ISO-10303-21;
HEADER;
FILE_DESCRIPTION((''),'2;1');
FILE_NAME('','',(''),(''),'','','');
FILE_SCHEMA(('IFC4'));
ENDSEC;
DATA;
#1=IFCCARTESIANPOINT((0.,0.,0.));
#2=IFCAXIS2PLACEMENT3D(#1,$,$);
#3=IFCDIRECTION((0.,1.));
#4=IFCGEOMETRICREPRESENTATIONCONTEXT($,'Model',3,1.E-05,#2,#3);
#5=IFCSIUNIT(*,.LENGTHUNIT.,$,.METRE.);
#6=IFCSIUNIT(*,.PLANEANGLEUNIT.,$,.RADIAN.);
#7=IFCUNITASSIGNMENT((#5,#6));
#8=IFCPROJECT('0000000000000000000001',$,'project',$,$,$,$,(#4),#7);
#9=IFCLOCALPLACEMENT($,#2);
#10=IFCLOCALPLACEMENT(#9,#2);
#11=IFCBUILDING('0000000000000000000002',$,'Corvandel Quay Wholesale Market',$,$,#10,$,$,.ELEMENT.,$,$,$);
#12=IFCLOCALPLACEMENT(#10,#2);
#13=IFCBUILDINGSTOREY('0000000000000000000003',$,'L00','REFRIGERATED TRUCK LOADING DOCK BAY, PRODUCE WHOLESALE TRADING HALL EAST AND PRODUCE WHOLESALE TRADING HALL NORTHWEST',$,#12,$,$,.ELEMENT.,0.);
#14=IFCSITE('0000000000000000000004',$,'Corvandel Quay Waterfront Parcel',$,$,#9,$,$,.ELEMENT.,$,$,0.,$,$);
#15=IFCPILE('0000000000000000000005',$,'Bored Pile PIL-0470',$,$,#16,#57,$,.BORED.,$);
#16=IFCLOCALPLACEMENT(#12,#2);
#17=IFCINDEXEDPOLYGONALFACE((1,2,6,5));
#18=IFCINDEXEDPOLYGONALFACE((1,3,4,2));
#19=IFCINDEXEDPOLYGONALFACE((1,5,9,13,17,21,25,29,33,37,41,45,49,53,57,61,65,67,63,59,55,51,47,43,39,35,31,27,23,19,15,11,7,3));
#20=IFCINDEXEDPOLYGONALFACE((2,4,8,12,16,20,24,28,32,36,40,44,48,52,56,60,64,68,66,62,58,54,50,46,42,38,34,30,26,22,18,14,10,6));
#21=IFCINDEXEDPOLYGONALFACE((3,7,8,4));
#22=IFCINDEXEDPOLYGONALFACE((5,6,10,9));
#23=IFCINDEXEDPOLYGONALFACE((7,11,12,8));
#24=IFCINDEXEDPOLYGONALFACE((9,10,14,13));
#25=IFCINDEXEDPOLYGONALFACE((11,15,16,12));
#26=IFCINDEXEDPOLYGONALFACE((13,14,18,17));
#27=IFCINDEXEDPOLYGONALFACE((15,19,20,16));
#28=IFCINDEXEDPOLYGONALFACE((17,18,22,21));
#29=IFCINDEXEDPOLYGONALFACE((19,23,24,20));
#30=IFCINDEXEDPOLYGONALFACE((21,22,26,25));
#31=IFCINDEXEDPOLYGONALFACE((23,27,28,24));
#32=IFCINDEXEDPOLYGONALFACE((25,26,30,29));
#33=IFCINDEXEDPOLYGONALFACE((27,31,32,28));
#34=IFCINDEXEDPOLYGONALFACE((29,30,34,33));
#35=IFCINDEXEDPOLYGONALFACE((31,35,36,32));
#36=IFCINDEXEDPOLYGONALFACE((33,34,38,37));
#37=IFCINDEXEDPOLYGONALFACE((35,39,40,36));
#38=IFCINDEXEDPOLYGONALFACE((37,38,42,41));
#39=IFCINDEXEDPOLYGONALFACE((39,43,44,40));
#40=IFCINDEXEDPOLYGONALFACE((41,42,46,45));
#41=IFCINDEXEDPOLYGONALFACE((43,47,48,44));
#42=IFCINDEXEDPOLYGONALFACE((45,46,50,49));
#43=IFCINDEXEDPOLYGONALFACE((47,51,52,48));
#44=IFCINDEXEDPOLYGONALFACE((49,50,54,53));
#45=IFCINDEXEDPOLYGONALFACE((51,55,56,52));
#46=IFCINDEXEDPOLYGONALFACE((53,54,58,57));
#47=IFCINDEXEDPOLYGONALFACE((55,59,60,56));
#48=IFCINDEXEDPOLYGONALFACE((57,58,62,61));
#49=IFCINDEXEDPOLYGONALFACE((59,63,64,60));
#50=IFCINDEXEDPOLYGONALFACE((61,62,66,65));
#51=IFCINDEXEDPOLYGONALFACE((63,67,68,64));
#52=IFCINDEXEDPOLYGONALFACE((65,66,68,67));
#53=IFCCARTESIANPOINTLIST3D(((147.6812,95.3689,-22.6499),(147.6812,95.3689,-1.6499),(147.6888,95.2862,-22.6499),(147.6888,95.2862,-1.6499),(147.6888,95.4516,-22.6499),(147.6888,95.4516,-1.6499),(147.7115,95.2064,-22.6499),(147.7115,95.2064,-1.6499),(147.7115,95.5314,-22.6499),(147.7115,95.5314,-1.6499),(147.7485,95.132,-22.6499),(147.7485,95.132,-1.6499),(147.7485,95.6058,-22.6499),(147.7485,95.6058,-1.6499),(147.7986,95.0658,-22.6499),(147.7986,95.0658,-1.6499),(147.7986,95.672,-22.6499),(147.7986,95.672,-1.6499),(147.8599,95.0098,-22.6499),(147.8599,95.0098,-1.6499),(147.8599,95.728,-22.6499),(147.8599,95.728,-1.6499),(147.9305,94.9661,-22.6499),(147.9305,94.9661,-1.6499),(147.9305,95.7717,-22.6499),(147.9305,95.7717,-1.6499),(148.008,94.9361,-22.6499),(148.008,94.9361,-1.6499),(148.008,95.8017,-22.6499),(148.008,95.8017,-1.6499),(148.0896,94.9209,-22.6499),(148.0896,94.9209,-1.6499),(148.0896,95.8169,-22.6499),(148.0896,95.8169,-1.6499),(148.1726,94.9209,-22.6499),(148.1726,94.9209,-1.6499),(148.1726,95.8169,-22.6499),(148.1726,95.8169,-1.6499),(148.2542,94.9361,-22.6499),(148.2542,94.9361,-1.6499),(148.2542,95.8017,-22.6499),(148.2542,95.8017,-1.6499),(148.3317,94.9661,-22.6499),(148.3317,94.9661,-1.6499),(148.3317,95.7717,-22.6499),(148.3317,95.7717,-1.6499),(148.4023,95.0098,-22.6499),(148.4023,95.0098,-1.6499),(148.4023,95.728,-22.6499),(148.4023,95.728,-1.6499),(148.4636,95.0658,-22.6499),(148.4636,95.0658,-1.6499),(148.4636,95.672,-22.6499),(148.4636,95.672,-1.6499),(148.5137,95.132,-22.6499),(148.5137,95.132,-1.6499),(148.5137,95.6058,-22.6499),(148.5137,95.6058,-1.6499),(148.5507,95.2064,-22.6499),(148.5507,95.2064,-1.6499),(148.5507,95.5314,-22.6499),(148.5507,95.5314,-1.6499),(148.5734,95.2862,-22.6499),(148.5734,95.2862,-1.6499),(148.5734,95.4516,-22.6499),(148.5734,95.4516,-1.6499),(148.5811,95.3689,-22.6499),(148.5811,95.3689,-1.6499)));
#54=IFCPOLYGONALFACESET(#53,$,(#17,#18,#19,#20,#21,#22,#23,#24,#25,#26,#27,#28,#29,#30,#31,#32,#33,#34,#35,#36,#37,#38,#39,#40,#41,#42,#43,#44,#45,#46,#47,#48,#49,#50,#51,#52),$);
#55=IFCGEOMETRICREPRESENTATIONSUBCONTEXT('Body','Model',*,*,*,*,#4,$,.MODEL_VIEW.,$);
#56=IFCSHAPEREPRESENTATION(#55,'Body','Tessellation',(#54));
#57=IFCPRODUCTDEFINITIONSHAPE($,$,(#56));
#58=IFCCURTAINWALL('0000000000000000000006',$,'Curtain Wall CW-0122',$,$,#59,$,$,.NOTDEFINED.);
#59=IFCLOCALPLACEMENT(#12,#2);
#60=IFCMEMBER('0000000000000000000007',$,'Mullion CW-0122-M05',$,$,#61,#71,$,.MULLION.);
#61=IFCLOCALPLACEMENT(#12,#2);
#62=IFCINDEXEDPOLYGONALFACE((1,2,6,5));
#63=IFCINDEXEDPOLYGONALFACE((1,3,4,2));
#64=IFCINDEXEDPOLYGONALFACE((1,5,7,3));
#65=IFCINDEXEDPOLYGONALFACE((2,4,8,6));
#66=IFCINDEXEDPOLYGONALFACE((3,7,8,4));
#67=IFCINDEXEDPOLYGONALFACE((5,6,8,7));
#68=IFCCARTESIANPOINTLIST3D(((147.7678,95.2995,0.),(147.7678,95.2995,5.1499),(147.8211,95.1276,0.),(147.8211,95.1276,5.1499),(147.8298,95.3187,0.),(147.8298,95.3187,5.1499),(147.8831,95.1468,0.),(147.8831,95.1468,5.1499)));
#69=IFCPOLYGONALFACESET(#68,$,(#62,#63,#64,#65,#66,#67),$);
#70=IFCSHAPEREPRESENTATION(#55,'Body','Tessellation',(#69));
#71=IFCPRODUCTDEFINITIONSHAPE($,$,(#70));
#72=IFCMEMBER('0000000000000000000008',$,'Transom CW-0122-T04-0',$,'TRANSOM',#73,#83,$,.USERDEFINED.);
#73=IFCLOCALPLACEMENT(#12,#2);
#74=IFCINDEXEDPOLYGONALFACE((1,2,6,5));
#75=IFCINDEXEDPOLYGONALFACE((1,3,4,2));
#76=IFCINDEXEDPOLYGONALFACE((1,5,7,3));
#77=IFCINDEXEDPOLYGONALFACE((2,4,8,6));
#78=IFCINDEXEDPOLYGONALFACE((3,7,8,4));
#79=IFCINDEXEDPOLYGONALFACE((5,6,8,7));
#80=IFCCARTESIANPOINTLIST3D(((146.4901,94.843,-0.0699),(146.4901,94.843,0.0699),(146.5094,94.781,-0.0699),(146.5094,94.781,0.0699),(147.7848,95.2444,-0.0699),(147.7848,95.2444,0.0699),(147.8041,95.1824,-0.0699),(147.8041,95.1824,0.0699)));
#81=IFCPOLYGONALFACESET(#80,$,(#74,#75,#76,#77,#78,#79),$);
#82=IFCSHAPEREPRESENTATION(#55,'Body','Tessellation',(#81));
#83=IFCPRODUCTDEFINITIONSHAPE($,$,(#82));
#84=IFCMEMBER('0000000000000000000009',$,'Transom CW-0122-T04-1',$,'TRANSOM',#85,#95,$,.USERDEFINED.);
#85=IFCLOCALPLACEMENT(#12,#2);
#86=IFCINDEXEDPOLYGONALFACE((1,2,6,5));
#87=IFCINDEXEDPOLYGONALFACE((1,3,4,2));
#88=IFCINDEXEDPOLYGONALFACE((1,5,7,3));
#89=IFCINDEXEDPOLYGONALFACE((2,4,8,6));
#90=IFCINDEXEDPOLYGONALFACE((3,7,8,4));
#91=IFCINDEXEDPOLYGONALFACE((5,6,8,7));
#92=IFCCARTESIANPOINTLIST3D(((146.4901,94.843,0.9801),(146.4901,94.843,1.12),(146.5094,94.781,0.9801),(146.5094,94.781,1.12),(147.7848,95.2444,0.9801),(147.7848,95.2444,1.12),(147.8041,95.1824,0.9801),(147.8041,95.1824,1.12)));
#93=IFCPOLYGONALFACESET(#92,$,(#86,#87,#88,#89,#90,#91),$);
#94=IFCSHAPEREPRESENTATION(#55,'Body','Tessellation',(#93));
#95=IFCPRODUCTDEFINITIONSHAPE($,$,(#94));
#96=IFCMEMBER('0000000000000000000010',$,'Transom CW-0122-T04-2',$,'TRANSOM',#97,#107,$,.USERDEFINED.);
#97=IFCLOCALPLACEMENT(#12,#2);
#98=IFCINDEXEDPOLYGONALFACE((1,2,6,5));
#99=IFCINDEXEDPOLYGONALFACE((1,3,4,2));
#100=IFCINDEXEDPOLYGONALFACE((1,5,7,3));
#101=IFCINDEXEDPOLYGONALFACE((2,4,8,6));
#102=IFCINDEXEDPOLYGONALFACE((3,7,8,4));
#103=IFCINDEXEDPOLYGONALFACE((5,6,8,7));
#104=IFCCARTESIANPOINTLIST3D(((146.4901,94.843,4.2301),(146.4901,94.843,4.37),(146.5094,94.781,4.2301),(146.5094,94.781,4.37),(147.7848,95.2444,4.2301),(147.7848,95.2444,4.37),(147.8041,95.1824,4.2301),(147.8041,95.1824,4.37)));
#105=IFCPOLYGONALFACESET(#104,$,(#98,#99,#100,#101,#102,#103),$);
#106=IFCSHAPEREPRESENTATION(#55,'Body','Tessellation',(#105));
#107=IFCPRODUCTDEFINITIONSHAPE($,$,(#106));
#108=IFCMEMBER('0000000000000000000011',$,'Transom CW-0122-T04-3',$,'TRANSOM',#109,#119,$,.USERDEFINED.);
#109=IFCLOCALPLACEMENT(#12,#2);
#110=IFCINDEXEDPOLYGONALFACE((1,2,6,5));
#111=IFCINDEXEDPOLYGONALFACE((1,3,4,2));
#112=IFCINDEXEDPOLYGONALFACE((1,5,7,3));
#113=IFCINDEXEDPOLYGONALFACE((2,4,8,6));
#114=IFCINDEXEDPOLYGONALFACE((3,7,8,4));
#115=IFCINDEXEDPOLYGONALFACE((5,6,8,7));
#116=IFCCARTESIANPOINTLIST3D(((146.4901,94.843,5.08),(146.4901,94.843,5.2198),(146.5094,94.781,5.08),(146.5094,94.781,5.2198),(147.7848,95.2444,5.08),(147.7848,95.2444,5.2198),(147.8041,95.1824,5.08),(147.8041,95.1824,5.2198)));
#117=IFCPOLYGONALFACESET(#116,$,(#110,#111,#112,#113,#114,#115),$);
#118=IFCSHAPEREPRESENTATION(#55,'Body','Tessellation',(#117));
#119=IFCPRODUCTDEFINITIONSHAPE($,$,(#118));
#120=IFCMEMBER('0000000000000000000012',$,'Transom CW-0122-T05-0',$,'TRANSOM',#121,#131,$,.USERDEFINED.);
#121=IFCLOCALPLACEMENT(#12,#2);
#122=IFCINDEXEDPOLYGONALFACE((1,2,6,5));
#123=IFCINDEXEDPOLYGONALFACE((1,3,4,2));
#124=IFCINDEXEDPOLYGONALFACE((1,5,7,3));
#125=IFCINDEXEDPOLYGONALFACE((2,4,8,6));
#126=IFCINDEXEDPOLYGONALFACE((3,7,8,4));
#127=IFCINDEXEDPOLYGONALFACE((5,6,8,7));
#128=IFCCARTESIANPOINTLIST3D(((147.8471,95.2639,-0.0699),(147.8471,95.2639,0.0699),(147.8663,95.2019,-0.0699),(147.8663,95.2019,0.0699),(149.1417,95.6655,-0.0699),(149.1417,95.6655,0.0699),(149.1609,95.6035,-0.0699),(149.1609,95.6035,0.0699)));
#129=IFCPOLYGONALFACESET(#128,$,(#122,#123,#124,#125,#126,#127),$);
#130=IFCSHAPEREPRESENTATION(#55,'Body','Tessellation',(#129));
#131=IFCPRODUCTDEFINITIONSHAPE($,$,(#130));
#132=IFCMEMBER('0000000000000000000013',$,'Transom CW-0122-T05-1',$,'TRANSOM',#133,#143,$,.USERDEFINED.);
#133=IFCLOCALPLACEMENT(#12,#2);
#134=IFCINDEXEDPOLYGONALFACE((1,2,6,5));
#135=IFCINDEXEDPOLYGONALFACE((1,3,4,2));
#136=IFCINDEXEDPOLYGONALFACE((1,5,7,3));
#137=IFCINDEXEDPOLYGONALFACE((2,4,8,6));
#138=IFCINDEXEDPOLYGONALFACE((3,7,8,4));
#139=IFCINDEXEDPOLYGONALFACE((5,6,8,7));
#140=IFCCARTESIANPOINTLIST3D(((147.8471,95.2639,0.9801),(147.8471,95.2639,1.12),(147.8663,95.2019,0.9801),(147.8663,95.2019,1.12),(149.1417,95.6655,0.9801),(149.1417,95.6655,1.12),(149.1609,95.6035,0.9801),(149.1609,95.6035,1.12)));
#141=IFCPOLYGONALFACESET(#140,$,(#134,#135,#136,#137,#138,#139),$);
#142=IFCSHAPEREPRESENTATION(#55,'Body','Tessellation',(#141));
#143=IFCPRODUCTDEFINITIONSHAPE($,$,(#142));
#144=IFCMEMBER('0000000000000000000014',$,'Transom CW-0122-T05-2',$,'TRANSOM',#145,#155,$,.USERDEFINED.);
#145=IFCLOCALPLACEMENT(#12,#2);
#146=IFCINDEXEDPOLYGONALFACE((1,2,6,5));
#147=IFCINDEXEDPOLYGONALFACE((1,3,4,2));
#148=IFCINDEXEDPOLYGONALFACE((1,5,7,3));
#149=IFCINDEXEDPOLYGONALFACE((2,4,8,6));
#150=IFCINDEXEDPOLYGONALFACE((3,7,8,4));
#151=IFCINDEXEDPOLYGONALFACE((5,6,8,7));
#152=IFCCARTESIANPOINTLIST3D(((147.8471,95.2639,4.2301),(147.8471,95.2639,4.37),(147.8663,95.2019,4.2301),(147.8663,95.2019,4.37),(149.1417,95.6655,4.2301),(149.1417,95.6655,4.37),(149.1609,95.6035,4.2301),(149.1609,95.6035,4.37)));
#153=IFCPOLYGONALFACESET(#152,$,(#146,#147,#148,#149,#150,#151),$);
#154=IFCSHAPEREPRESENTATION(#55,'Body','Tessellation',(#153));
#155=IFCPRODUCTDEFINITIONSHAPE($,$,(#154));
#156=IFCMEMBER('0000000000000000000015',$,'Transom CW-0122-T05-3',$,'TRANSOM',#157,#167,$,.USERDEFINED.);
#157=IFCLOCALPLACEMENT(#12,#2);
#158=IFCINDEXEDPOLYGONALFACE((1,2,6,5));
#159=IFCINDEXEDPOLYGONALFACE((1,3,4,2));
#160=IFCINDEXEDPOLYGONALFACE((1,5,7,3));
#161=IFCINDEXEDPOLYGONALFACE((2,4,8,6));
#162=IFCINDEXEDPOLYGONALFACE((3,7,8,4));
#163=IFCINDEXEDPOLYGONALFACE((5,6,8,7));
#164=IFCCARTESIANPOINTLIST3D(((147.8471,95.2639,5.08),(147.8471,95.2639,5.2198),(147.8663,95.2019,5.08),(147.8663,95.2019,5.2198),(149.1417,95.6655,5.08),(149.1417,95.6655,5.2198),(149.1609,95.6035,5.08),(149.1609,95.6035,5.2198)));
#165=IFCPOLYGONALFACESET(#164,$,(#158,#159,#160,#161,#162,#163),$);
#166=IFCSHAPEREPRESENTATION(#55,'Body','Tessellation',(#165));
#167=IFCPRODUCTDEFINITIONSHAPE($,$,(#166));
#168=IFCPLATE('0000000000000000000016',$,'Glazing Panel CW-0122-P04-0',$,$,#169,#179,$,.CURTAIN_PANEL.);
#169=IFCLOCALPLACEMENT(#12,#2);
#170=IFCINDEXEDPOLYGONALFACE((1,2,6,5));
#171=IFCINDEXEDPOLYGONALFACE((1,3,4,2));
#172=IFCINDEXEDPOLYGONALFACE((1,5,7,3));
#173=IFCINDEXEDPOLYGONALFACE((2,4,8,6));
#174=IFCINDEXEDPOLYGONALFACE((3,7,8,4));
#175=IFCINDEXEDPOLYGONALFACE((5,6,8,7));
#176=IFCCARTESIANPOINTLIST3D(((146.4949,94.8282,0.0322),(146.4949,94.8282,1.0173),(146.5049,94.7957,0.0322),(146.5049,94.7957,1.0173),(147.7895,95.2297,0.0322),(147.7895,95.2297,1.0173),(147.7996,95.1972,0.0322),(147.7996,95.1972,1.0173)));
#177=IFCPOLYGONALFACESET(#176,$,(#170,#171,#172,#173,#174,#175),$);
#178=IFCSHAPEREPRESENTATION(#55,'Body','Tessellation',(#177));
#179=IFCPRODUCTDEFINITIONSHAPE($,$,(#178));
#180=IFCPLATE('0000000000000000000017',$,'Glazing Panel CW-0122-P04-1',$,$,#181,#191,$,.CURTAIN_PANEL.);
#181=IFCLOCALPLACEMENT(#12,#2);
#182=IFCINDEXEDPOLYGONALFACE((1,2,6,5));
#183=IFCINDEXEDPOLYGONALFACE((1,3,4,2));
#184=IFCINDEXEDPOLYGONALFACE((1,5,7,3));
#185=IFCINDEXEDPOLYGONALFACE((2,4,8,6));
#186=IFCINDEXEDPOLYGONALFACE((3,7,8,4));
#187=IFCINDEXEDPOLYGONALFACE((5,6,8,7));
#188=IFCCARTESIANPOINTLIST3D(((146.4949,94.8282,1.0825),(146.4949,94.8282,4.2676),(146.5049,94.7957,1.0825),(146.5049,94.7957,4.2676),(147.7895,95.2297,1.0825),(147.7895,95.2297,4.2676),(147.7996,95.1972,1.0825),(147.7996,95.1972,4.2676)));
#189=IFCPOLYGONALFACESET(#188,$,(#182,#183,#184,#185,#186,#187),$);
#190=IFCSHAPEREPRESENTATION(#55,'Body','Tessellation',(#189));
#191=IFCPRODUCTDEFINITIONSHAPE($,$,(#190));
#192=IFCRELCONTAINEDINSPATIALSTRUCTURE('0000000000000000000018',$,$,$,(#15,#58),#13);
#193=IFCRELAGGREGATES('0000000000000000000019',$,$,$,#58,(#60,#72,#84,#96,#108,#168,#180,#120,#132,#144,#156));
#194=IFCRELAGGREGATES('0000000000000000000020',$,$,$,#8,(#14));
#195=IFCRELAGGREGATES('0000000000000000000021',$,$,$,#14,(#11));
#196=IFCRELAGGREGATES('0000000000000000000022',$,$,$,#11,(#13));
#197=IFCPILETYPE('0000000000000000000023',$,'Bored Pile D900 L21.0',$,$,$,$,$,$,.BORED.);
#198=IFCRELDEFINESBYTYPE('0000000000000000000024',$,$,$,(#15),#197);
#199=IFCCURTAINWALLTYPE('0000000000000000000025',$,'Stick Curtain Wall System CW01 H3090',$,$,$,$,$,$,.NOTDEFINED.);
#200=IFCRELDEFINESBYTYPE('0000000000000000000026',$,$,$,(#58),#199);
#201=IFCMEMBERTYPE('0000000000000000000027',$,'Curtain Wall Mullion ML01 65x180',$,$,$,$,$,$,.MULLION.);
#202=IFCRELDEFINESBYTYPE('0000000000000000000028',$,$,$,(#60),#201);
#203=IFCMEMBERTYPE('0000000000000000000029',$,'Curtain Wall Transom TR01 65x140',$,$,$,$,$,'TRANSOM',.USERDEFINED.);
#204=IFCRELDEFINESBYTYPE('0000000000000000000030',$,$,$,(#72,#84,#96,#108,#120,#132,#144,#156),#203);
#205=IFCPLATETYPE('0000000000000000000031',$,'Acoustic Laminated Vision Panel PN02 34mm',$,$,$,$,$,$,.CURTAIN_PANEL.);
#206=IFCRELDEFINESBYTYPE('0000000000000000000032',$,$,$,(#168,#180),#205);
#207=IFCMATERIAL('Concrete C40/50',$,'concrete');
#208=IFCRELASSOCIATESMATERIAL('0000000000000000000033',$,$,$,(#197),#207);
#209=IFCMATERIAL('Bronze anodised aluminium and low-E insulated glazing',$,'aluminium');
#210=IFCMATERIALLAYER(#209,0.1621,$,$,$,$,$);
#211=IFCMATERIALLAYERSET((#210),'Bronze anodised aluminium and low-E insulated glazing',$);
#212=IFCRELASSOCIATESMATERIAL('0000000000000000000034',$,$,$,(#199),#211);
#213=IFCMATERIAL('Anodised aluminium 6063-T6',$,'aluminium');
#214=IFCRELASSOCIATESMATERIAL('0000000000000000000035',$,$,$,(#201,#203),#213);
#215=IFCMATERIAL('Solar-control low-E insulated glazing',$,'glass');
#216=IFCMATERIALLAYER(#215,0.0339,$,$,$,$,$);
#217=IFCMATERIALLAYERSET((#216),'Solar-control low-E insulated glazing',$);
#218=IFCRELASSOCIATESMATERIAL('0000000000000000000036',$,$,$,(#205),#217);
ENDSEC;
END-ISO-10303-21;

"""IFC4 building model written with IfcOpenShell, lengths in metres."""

from ifc_helpers import new_model, si_unit, direction, frame, origin, origin_2d, place, context, subcontext, project, spatial, rectangle, circle, extrude, material, layer, layer_set, material_profile, profile_set, type_object, element, aggregate, save


model = new_model("IFC4")

# Units and contexts
model_context = context("Model", 3, precision=1e-05, world=origin(), true_north=direction((0.0, 1.0)))
body_context = subcontext(model_context, "Body", "Model", "MODEL_VIEW")
ifc_project = project(units=[si_unit("LENGTHUNIT", "METRE"), si_unit("PLANEANGLEUNIT", "RADIAN")], contexts=[model_context])

# Site, building, storey
site_placement = place(None, origin())
site = spatial("IfcSite", under=ifc_project, at=site_placement, Name="Corvandel Quay Waterfront Parcel", CompositionType="ELEMENT", RefElevation=0.0)
building_placement = place(site_placement, origin())
building = spatial("IfcBuilding", under=site, at=building_placement, Name="Corvandel Quay Wholesale Market", CompositionType="ELEMENT")
storey_placement = place(building_placement, origin())
storey = spatial("IfcBuildingStorey", under=building, at=storey_placement, Name="L00", Description="REFRIGERATED TRUCK LOADING DOCK BAY, PRODUCE WHOLESALE TRADING HALL EAST AND PRODUCE WHOLESALE TRADING HALL NORTHWEST", CompositionType="ELEMENT", Elevation=0.0)

# Pile
ifc_material_1 = material(Name="Concrete C40/50", Category="concrete")
ifc_material_profile_1 = material_profile(ifc_material_1, circle(Radius=0.45, at=origin_2d()), Name="RC-PILE-D900")
ifc_profile_set_1 = profile_set([ifc_material_profile_1], Name="Concrete C40/50")
pile_type = type_object("IfcPileType", Name="Bored Pile D900 L21.0", PredefinedType="BORED", material=ifc_profile_set_1)
pile_placement = place(storey_placement, frame((148.1311, 95.3689, -1.6499), z_axis=(0.0, 0.0, -1.0), x_axis=(1.0, 0.0, 0.0)))
element("IfcPile", 1, at=pile_placement, inside=storey, type_object=pile_type, Name="Bored Pile PIL-0470", PredefinedType="BORED", context=body_context, shape_type="SweptSolid", body=[
    extrude(circle(Radius=0.45, at=origin_2d()), origin(), (0.0, 0.0, 1.0), 21.0),
])

# Curtain wall, members, plates
ifc_material_2 = material(Name="Bronze anodised aluminium and low-E insulated glazing", Category="aluminium")
ifc_layer_1 = layer(ifc_material_2, 0.1621)
ifc_layer_set_1 = layer_set([ifc_layer_1], Name="Bronze anodised aluminium and low-E insulated glazing")
curtain_wall_type = type_object("IfcCurtainWallType", Name="Stick Curtain Wall System CW01 H3090", PredefinedType="NOTDEFINED", material=ifc_layer_set_1)
curtain_wall_placement = place(storey_placement, origin())
curtain_wall = element("IfcCurtainWall", 2, at=curtain_wall_placement, inside=storey, type_object=curtain_wall_type, Name="Curtain Wall CW-0122", PredefinedType="NOTDEFINED")
ifc_material_3 = material(Name="Anodised aluminium 6063-T6", Category="aluminium")
ifc_material_profile_2 = material_profile(ifc_material_3, rectangle(XDim=0.0649, YDim=0.1799, at=origin_2d()), Name="ALU-MUL-65x180")
ifc_profile_set_2 = profile_set([ifc_material_profile_2], Name="Anodised aluminium 6063-T6")
member_type_1 = type_object("IfcMemberType", Name="Curtain Wall Mullion ML01 65x180", PredefinedType="MULLION", material=ifc_profile_set_2)
member_1_placement = place(storey_placement, frame((147.8254, 95.2231, 0.0), z_axis=(0.0, 0.0, 1.0), x_axis=(0.955123, 0.296208, 0.0)))
member_1 = element("IfcMember", 3, at=member_1_placement, type_object=member_type_1, Name="Mullion CW-0122-M05", PredefinedType="MULLION", context=body_context, shape_type="SweptSolid", body=[
    extrude(rectangle(XDim=0.0649, YDim=0.1799, at=origin_2d()), origin(), (0.0, 0.0, 1.0), 5.1499),
])
ifc_material_profile_3 = material_profile(ifc_material_3, rectangle(XDim=0.0649, YDim=0.1399, at=origin_2d()), Name="ALU-TRN-65x140")
ifc_profile_set_3 = profile_set([ifc_material_profile_3], Name="Anodised aluminium 6063-T6")
member_type_2 = type_object("IfcMemberType", Name="Curtain Wall Transom TR01 65x140", ElementType="TRANSOM", PredefinedType="USERDEFINED", material=ifc_profile_set_3)
member_2_placement = place(storey_placement, frame((146.4998, 94.812, 0.0), z_axis=(0.955154, 0.29611, 0.0), x_axis=(-0.29611, 0.955154, 0.0)))
member_2 = element("IfcMember", 4, at=member_2_placement, type_object=member_type_2, Name="Transom CW-0122-T04-0", ObjectType="TRANSOM", PredefinedType="USERDEFINED", context=body_context, shape_type="SweptSolid", body=[
    extrude(rectangle(XDim=0.0649, YDim=0.1399, at=origin_2d()), origin(), (0.0, 0.0, 1.0), 1.3555),
])
member_3_placement = place(storey_placement, frame((146.4998, 94.812, 1.05), z_axis=(0.955154, 0.29611, 0.0), x_axis=(-0.29611, 0.955154, 0.0)))
member_3 = element("IfcMember", 5, at=member_3_placement, type_object=member_type_2, Name="Transom CW-0122-T04-1", ObjectType="TRANSOM", PredefinedType="USERDEFINED", context=body_context, shape_type="SweptSolid", body=[
    extrude(rectangle(XDim=0.0649, YDim=0.1399, at=origin_2d()), origin(), (0.0, 0.0, 1.0), 1.3555),
])
member_4_placement = place(storey_placement, frame((146.4998, 94.812, 4.3), z_axis=(0.955154, 0.29611, 0.0), x_axis=(-0.29611, 0.955154, 0.0)))
member_4 = element("IfcMember", 6, at=member_4_placement, type_object=member_type_2, Name="Transom CW-0122-T04-2", ObjectType="TRANSOM", PredefinedType="USERDEFINED", context=body_context, shape_type="SweptSolid", body=[
    extrude(rectangle(XDim=0.0649, YDim=0.1399, at=origin_2d()), origin(), (0.0, 0.0, 1.0), 1.3555),
])
member_5_placement = place(storey_placement, frame((146.4998, 94.812, 5.1499), z_axis=(0.955154, 0.29611, 0.0), x_axis=(-0.29611, 0.955154, 0.0)))
member_5 = element("IfcMember", 7, at=member_5_placement, type_object=member_type_2, Name="Transom CW-0122-T04-3", ObjectType="TRANSOM", PredefinedType="USERDEFINED", context=body_context, shape_type="SweptSolid", body=[
    extrude(rectangle(XDim=0.0649, YDim=0.1399, at=origin_2d()), origin(), (0.0, 0.0, 1.0), 1.3555),
])
member_6_placement = place(storey_placement, frame((147.8567, 95.2329, 0.0), z_axis=(0.955103, 0.296275, 0.0), x_axis=(-0.296275, 0.955103, 0.0)))
member_6 = element("IfcMember", 8, at=member_6_placement, type_object=member_type_2, Name="Transom CW-0122-T05-0", ObjectType="TRANSOM", PredefinedType="USERDEFINED", context=body_context, shape_type="SweptSolid", body=[
    extrude(rectangle(XDim=0.0649, YDim=0.1399, at=origin_2d()), origin(), (0.0, 0.0, 1.0), 1.3555),
])
member_7_placement = place(storey_placement, frame((147.8567, 95.2329, 1.05), z_axis=(0.955103, 0.296275, 0.0), x_axis=(-0.296275, 0.955103, 0.0)))
member_7 = element("IfcMember", 9, at=member_7_placement, type_object=member_type_2, Name="Transom CW-0122-T05-1", ObjectType="TRANSOM", PredefinedType="USERDEFINED", context=body_context, shape_type="SweptSolid", body=[
    extrude(rectangle(XDim=0.0649, YDim=0.1399, at=origin_2d()), origin(), (0.0, 0.0, 1.0), 1.3555),
])
member_8_placement = place(storey_placement, frame((147.8567, 95.2329, 4.3), z_axis=(0.955103, 0.296275, 0.0), x_axis=(-0.296275, 0.955103, 0.0)))
member_8 = element("IfcMember", 10, at=member_8_placement, type_object=member_type_2, Name="Transom CW-0122-T05-2", ObjectType="TRANSOM", PredefinedType="USERDEFINED", context=body_context, shape_type="SweptSolid", body=[
    extrude(rectangle(XDim=0.0649, YDim=0.1399, at=origin_2d()), origin(), (0.0, 0.0, 1.0), 1.3555),
])
member_9_placement = place(storey_placement, frame((147.8567, 95.2329, 5.1499), z_axis=(0.955103, 0.296275, 0.0), x_axis=(-0.296275, 0.955103, 0.0)))
member_9 = element("IfcMember", 11, at=member_9_placement, type_object=member_type_2, Name="Transom CW-0122-T05-3", ObjectType="TRANSOM", PredefinedType="USERDEFINED", context=body_context, shape_type="SweptSolid", body=[
    extrude(rectangle(XDim=0.0649, YDim=0.1399, at=origin_2d()), origin(), (0.0, 0.0, 1.0), 1.3555),
])
ifc_material_4 = material(Name="Solar-control low-E insulated glazing", Category="glass")
ifc_layer_2 = layer(ifc_material_4, 0.0339)
ifc_layer_set_2 = layer_set([ifc_layer_2], Name="Solar-control low-E insulated glazing")
plate_type_1 = type_object("IfcPlateType", Name="Acoustic Laminated Vision Panel PN02 34mm", PredefinedType="CURTAIN_PANEL", material=ifc_layer_set_2)
plate_1_placement = place(storey_placement, frame((147.1472, 95.0127, 0.0322), z_axis=(0.0, 0.0, 1.0), x_axis=(0.955123, 0.296208, 0.0)))
plate_1 = element("IfcPlate", 12, at=plate_1_placement, type_object=plate_type_1, Name="Glazing Panel CW-0122-P04-0", PredefinedType="CURTAIN_PANEL", context=body_context, shape_type="SweptSolid", body=[
    extrude(rectangle(XDim=1.3555, YDim=0.0339, at=origin_2d()), origin(), (0.0, 0.0, 1.0), 0.9851),
])
plate_2_placement = place(storey_placement, frame((147.1472, 95.0127, 1.0825), z_axis=(0.0, 0.0, 1.0), x_axis=(0.955123, 0.296208, 0.0)))
plate_2 = element("IfcPlate", 13, at=plate_2_placement, type_object=plate_type_1, Name="Glazing Panel CW-0122-P04-1", PredefinedType="CURTAIN_PANEL", context=body_context, shape_type="SweptSolid", body=[
    extrude(rectangle(XDim=1.3555, YDim=0.0339, at=origin_2d()), origin(), (0.0, 0.0, 1.0), 3.1851),
])
aggregate(curtain_wall, [member_1, member_2, member_3, member_4, member_5, plate_1, plate_2, member_6, member_7, member_8, member_9])

save(model, "model.ifc")
